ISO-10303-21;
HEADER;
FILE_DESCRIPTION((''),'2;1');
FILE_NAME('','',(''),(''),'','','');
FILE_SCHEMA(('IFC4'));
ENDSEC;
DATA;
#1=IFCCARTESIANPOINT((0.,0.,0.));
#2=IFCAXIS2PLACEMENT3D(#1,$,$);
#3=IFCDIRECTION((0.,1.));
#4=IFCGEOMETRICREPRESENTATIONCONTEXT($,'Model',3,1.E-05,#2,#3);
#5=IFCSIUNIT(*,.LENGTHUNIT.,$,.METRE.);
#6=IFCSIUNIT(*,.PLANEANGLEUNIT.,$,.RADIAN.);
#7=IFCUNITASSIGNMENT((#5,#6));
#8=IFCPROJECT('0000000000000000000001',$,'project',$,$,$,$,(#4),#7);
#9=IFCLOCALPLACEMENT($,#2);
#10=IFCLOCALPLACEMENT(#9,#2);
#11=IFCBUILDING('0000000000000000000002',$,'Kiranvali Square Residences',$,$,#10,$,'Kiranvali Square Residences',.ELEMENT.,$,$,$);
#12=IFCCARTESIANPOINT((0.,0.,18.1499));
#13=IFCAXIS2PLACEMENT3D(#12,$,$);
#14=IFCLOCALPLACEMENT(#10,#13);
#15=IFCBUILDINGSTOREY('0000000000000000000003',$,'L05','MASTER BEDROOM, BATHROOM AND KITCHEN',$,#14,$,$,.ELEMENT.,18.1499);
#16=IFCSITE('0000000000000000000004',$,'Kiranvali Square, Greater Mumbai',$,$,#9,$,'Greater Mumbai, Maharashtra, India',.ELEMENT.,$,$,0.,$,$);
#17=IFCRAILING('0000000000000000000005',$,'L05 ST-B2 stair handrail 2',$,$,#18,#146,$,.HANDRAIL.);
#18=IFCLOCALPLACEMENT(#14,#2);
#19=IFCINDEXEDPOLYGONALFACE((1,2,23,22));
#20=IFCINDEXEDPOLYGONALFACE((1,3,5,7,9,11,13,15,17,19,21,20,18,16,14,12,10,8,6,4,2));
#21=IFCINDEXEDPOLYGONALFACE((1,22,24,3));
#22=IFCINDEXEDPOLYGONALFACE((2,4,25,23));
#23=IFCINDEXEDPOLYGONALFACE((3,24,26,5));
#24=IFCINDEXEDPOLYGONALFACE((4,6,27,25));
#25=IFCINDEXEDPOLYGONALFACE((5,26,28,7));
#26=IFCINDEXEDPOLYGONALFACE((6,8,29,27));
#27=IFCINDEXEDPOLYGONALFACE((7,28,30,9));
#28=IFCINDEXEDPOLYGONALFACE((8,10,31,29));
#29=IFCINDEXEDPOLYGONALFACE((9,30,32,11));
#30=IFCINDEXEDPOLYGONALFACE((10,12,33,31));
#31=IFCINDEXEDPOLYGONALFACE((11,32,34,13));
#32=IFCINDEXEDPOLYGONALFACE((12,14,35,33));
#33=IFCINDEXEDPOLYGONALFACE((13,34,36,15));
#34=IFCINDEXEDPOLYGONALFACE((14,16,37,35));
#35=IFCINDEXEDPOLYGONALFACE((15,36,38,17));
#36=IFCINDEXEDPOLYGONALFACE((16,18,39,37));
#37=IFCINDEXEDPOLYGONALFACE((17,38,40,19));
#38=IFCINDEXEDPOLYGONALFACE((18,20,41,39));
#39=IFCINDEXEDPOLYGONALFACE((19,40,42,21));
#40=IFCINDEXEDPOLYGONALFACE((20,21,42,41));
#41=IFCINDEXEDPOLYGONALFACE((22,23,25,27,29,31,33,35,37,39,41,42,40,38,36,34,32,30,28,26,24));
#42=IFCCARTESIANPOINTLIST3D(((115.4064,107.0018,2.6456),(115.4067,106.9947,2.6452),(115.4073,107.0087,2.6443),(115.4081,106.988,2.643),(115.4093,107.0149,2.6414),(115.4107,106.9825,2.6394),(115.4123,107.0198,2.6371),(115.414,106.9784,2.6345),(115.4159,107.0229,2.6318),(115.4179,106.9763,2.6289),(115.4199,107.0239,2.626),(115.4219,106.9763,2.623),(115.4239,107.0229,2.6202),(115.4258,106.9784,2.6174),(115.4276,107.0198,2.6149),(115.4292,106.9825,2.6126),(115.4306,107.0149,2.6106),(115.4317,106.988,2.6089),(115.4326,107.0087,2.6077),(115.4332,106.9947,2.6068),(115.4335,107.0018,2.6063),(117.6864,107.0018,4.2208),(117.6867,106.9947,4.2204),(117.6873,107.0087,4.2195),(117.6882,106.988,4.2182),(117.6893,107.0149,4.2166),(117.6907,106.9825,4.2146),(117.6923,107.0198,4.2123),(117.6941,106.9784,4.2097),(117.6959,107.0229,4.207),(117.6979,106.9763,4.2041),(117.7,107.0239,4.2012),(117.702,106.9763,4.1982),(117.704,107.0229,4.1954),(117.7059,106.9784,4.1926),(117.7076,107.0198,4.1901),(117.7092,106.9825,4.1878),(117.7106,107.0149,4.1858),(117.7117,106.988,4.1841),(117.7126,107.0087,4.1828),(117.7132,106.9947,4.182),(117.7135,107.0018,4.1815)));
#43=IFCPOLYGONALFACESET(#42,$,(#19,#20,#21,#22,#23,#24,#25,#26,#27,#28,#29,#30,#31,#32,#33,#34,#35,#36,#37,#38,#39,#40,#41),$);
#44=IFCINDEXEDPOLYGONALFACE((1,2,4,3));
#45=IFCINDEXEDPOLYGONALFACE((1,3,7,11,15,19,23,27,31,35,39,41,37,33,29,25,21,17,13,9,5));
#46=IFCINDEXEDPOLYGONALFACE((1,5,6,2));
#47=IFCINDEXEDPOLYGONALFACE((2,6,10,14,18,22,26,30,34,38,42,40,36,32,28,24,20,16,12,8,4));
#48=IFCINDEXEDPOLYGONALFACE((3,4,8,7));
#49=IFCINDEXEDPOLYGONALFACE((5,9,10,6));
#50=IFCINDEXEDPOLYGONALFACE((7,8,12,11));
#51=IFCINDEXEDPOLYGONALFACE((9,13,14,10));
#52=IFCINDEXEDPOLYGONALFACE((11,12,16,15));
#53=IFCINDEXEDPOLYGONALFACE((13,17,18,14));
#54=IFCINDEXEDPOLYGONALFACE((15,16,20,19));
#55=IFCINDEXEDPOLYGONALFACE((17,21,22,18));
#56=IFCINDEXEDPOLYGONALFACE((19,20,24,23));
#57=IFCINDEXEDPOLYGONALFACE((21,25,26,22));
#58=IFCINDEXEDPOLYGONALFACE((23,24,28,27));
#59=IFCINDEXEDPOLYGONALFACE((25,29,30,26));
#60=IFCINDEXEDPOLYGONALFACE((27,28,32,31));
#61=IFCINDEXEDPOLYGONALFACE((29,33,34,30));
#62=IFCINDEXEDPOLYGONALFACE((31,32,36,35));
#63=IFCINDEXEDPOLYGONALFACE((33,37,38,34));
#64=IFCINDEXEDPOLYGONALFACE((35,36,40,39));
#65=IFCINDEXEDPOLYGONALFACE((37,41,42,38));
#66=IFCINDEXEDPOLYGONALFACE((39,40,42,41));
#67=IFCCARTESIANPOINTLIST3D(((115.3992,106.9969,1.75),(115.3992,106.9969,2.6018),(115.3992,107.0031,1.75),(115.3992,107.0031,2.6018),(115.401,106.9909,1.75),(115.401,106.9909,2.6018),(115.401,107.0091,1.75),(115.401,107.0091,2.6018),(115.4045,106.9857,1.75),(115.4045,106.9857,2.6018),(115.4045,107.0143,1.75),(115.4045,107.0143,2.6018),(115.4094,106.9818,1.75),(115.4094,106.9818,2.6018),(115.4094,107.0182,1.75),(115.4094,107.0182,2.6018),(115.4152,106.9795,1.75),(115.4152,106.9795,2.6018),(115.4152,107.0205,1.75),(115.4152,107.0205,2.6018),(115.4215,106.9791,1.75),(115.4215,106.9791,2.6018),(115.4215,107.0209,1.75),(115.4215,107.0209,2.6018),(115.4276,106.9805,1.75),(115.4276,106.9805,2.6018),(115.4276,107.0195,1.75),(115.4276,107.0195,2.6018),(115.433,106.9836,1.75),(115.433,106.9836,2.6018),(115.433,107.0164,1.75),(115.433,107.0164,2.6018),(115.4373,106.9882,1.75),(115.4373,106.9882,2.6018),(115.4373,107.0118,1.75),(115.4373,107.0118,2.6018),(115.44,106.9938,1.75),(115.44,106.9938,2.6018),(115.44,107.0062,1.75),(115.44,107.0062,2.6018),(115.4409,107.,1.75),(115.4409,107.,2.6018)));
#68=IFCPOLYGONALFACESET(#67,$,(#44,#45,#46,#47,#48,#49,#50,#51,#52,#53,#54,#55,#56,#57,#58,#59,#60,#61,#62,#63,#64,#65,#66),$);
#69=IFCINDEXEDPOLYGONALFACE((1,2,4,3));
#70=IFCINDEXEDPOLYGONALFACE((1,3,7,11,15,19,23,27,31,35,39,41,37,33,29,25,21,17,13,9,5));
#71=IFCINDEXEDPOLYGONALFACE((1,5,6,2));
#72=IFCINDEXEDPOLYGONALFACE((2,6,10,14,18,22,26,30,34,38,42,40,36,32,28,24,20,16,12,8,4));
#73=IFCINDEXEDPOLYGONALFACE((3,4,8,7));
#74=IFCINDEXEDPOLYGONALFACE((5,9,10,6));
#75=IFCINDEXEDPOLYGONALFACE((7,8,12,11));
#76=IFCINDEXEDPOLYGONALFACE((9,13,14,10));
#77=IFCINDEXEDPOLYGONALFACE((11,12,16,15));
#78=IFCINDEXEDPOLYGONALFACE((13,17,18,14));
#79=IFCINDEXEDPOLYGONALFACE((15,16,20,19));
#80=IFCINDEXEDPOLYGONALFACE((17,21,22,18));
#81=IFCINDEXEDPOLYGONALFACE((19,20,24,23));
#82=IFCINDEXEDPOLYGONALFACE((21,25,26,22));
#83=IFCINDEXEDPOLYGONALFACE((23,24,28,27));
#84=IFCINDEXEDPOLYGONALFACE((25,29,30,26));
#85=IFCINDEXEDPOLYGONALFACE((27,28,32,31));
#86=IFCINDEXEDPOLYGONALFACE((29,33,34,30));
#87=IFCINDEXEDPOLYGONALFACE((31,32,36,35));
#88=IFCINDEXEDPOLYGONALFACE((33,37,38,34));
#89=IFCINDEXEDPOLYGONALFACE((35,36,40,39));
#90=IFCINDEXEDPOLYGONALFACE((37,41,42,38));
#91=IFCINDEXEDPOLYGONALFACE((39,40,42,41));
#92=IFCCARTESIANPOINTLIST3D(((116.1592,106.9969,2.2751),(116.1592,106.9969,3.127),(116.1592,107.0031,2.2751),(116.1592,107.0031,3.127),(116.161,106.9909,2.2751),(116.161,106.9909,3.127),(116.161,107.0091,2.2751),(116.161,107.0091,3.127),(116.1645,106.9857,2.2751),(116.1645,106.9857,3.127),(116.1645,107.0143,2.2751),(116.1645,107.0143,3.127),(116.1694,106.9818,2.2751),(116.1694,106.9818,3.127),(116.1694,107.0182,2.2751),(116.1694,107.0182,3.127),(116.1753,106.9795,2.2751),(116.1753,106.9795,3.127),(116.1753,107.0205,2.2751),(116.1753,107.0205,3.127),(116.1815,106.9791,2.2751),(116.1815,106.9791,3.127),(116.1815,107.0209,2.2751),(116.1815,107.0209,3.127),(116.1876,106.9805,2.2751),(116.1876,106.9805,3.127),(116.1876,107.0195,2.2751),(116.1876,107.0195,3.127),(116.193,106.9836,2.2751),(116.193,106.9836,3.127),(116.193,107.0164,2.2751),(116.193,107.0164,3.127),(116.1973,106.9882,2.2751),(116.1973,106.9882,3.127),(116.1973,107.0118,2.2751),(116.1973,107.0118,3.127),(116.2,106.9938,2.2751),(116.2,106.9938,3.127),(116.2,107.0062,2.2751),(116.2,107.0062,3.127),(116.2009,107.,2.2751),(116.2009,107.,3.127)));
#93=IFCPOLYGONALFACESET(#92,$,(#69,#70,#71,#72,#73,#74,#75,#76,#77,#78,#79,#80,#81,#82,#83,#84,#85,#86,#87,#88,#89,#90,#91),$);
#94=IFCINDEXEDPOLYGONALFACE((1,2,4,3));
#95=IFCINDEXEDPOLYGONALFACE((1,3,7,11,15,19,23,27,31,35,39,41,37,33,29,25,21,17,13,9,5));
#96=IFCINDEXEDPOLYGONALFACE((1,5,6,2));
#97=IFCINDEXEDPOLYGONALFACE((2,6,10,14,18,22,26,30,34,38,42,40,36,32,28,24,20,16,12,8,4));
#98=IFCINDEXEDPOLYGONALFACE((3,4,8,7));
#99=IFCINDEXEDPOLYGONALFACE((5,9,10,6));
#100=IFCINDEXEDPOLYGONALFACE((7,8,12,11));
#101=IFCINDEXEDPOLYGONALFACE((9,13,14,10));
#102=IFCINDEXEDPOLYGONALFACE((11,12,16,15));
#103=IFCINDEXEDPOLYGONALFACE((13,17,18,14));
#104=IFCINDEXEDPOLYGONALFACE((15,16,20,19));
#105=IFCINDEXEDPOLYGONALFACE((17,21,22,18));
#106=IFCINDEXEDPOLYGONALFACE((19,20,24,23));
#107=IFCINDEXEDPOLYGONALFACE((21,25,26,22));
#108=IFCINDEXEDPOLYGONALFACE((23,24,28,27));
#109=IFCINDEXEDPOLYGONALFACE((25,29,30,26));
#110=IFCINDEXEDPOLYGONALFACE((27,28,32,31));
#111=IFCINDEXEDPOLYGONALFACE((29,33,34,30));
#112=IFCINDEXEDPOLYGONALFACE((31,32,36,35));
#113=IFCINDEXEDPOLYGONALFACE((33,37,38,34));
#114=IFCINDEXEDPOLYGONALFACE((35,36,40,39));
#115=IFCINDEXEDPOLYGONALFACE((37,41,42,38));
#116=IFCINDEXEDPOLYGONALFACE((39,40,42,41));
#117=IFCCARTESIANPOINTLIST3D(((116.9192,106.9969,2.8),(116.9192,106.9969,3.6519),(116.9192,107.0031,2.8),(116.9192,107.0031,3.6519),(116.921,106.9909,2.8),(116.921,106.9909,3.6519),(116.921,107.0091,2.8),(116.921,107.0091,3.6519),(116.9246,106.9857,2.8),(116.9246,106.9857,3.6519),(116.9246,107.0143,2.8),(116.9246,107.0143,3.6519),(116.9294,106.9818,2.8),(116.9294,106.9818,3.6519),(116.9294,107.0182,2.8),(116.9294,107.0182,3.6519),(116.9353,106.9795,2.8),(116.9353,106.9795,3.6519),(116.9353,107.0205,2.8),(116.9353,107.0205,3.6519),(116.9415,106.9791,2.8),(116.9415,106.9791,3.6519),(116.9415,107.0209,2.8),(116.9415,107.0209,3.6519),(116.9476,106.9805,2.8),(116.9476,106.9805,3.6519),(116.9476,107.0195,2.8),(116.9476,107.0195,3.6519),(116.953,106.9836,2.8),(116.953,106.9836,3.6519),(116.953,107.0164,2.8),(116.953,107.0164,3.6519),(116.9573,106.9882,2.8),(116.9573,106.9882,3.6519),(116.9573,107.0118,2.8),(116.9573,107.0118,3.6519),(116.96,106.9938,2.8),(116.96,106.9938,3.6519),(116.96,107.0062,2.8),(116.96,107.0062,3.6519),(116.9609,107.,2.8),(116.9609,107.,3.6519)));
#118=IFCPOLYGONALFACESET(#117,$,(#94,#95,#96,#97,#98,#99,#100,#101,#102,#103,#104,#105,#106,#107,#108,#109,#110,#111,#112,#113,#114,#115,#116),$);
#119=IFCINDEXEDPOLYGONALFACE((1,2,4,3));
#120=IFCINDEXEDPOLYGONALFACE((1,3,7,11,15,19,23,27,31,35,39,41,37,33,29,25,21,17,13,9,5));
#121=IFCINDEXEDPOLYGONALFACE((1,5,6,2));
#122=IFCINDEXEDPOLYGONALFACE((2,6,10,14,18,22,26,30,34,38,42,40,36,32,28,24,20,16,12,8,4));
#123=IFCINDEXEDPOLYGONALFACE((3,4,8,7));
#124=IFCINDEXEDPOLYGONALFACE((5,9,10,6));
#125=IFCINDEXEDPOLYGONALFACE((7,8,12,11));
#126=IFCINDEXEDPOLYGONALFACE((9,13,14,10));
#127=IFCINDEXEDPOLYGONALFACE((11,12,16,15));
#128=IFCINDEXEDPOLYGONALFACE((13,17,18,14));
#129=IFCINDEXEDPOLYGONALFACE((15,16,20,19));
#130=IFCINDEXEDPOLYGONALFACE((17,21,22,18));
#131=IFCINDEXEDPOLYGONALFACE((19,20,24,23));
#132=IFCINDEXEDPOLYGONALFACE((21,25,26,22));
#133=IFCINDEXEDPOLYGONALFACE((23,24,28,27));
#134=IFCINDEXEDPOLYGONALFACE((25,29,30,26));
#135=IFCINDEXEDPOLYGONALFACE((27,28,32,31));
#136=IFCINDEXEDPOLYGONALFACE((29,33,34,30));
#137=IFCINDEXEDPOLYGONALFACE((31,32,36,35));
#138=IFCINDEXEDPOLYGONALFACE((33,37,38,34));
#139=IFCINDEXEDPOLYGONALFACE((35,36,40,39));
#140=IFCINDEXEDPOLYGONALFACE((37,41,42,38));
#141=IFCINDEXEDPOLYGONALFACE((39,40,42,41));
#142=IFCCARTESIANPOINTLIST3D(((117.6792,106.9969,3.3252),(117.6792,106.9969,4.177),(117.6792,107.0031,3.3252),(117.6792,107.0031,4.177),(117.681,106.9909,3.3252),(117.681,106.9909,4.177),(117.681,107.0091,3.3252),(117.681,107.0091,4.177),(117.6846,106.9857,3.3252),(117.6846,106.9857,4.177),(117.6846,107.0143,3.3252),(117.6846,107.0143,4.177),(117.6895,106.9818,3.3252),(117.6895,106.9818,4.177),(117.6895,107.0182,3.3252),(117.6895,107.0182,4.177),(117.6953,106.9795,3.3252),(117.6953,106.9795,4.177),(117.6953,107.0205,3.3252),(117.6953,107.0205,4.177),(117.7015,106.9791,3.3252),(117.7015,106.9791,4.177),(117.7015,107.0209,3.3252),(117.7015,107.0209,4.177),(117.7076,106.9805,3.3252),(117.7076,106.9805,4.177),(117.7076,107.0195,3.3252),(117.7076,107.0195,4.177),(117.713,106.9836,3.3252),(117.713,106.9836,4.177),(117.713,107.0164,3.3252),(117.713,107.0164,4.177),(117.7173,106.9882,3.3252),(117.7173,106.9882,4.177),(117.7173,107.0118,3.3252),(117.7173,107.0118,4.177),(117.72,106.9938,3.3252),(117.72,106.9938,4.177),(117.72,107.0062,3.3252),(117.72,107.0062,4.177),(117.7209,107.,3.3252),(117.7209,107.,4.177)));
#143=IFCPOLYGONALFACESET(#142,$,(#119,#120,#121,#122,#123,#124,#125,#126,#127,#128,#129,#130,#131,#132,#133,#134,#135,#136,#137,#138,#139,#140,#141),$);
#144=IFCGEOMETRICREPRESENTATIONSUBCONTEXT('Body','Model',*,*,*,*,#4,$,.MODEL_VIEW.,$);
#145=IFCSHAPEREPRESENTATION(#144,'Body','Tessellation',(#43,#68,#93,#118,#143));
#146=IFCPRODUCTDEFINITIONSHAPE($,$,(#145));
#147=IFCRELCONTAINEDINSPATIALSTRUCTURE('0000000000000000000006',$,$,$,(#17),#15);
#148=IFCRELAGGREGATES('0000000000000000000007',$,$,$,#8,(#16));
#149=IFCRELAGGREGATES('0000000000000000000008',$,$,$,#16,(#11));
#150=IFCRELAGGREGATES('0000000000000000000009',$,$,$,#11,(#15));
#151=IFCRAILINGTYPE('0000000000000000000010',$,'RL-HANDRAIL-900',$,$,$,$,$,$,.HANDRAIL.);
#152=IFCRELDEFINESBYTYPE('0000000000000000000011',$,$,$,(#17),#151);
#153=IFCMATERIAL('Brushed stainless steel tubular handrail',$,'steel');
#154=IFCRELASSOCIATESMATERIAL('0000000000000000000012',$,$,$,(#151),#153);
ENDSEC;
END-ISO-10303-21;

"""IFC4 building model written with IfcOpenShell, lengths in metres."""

from ifc_helpers import new_model, si_unit, direction, frame, origin, origin_2d, place, context, subcontext, project, spatial, circle, extrude, material, type_object, element, save


model = new_model("IFC4")

# Units and contexts
model_context = context("Model", 3, precision=1e-05, world=origin(), true_north=direction((0.0, 1.0)))
body_context = subcontext(model_context, "Body", "Model", "MODEL_VIEW")
ifc_project = project(units=[si_unit("LENGTHUNIT", "METRE"), si_unit("PLANEANGLEUNIT", "RADIAN")], contexts=[model_context])

# Site, building, storey
site_placement = place(None, origin())
site = spatial("IfcSite", under=ifc_project, at=site_placement, Name="Kiranvali Square, Greater Mumbai", LongName="Greater Mumbai, Maharashtra, India", CompositionType="ELEMENT", RefElevation=0.0)
building_placement = place(site_placement, origin())
building = spatial("IfcBuilding", under=site, at=building_placement, Name="Kiranvali Square Residences", LongName="Kiranvali Square Residences", CompositionType="ELEMENT")
storey_placement = place(building_placement, frame((0.0, 0.0, 18.1499)))
storey = spatial("IfcBuildingStorey", under=building, at=storey_placement, Name="L05", Description="MASTER BEDROOM, BATHROOM AND KITCHEN", CompositionType="ELEMENT", Elevation=18.1499)

# Railing
ifc_material_1 = material(Name="Brushed stainless steel tubular handrail", Category="steel")
railing_type_1 = type_object("IfcRailingType", Name="RL-HANDRAIL-900", PredefinedType="HANDRAIL", material=ifc_material_1)
railing_1_placement = place(storey_placement, frame((115.4199, 107.0, 1.75)))
element("IfcRailing", 1, at=railing_1_placement, inside=storey, type_object=railing_type_1, Name="L05 ST-B2 stair handrail 2", PredefinedType="HANDRAIL", context=body_context, shape_type="SweptSolid", body=[
    extrude(circle(Radius=0.0239, at=origin_2d()), frame((0.0, 0.0, 0.876), z_axis=(0.822747, 0.0, 0.568408), x_axis=(0.0, 1.0, 0.0)), (0.0, 0.0, 1.0), 2.7712),
    extrude(circle(Radius=0.021, at=origin_2d()), origin(), (0.0, 0.0, 1.0), 0.8518),
    extrude(circle(Radius=0.021, at=origin_2d()), frame((0.76, 0.0, 0.5251)), (0.0, 0.0, 1.0), 0.8518),
    extrude(circle(Radius=0.021, at=origin_2d()), frame((1.52, 0.0, 1.05)), (0.0, 0.0, 1.0), 0.8518),
    extrude(circle(Radius=0.021, at=origin_2d()), frame((2.28, 0.0, 1.5752)), (0.0, 0.0, 1.0), 0.8518),
])

save(model, "model.ifc")
